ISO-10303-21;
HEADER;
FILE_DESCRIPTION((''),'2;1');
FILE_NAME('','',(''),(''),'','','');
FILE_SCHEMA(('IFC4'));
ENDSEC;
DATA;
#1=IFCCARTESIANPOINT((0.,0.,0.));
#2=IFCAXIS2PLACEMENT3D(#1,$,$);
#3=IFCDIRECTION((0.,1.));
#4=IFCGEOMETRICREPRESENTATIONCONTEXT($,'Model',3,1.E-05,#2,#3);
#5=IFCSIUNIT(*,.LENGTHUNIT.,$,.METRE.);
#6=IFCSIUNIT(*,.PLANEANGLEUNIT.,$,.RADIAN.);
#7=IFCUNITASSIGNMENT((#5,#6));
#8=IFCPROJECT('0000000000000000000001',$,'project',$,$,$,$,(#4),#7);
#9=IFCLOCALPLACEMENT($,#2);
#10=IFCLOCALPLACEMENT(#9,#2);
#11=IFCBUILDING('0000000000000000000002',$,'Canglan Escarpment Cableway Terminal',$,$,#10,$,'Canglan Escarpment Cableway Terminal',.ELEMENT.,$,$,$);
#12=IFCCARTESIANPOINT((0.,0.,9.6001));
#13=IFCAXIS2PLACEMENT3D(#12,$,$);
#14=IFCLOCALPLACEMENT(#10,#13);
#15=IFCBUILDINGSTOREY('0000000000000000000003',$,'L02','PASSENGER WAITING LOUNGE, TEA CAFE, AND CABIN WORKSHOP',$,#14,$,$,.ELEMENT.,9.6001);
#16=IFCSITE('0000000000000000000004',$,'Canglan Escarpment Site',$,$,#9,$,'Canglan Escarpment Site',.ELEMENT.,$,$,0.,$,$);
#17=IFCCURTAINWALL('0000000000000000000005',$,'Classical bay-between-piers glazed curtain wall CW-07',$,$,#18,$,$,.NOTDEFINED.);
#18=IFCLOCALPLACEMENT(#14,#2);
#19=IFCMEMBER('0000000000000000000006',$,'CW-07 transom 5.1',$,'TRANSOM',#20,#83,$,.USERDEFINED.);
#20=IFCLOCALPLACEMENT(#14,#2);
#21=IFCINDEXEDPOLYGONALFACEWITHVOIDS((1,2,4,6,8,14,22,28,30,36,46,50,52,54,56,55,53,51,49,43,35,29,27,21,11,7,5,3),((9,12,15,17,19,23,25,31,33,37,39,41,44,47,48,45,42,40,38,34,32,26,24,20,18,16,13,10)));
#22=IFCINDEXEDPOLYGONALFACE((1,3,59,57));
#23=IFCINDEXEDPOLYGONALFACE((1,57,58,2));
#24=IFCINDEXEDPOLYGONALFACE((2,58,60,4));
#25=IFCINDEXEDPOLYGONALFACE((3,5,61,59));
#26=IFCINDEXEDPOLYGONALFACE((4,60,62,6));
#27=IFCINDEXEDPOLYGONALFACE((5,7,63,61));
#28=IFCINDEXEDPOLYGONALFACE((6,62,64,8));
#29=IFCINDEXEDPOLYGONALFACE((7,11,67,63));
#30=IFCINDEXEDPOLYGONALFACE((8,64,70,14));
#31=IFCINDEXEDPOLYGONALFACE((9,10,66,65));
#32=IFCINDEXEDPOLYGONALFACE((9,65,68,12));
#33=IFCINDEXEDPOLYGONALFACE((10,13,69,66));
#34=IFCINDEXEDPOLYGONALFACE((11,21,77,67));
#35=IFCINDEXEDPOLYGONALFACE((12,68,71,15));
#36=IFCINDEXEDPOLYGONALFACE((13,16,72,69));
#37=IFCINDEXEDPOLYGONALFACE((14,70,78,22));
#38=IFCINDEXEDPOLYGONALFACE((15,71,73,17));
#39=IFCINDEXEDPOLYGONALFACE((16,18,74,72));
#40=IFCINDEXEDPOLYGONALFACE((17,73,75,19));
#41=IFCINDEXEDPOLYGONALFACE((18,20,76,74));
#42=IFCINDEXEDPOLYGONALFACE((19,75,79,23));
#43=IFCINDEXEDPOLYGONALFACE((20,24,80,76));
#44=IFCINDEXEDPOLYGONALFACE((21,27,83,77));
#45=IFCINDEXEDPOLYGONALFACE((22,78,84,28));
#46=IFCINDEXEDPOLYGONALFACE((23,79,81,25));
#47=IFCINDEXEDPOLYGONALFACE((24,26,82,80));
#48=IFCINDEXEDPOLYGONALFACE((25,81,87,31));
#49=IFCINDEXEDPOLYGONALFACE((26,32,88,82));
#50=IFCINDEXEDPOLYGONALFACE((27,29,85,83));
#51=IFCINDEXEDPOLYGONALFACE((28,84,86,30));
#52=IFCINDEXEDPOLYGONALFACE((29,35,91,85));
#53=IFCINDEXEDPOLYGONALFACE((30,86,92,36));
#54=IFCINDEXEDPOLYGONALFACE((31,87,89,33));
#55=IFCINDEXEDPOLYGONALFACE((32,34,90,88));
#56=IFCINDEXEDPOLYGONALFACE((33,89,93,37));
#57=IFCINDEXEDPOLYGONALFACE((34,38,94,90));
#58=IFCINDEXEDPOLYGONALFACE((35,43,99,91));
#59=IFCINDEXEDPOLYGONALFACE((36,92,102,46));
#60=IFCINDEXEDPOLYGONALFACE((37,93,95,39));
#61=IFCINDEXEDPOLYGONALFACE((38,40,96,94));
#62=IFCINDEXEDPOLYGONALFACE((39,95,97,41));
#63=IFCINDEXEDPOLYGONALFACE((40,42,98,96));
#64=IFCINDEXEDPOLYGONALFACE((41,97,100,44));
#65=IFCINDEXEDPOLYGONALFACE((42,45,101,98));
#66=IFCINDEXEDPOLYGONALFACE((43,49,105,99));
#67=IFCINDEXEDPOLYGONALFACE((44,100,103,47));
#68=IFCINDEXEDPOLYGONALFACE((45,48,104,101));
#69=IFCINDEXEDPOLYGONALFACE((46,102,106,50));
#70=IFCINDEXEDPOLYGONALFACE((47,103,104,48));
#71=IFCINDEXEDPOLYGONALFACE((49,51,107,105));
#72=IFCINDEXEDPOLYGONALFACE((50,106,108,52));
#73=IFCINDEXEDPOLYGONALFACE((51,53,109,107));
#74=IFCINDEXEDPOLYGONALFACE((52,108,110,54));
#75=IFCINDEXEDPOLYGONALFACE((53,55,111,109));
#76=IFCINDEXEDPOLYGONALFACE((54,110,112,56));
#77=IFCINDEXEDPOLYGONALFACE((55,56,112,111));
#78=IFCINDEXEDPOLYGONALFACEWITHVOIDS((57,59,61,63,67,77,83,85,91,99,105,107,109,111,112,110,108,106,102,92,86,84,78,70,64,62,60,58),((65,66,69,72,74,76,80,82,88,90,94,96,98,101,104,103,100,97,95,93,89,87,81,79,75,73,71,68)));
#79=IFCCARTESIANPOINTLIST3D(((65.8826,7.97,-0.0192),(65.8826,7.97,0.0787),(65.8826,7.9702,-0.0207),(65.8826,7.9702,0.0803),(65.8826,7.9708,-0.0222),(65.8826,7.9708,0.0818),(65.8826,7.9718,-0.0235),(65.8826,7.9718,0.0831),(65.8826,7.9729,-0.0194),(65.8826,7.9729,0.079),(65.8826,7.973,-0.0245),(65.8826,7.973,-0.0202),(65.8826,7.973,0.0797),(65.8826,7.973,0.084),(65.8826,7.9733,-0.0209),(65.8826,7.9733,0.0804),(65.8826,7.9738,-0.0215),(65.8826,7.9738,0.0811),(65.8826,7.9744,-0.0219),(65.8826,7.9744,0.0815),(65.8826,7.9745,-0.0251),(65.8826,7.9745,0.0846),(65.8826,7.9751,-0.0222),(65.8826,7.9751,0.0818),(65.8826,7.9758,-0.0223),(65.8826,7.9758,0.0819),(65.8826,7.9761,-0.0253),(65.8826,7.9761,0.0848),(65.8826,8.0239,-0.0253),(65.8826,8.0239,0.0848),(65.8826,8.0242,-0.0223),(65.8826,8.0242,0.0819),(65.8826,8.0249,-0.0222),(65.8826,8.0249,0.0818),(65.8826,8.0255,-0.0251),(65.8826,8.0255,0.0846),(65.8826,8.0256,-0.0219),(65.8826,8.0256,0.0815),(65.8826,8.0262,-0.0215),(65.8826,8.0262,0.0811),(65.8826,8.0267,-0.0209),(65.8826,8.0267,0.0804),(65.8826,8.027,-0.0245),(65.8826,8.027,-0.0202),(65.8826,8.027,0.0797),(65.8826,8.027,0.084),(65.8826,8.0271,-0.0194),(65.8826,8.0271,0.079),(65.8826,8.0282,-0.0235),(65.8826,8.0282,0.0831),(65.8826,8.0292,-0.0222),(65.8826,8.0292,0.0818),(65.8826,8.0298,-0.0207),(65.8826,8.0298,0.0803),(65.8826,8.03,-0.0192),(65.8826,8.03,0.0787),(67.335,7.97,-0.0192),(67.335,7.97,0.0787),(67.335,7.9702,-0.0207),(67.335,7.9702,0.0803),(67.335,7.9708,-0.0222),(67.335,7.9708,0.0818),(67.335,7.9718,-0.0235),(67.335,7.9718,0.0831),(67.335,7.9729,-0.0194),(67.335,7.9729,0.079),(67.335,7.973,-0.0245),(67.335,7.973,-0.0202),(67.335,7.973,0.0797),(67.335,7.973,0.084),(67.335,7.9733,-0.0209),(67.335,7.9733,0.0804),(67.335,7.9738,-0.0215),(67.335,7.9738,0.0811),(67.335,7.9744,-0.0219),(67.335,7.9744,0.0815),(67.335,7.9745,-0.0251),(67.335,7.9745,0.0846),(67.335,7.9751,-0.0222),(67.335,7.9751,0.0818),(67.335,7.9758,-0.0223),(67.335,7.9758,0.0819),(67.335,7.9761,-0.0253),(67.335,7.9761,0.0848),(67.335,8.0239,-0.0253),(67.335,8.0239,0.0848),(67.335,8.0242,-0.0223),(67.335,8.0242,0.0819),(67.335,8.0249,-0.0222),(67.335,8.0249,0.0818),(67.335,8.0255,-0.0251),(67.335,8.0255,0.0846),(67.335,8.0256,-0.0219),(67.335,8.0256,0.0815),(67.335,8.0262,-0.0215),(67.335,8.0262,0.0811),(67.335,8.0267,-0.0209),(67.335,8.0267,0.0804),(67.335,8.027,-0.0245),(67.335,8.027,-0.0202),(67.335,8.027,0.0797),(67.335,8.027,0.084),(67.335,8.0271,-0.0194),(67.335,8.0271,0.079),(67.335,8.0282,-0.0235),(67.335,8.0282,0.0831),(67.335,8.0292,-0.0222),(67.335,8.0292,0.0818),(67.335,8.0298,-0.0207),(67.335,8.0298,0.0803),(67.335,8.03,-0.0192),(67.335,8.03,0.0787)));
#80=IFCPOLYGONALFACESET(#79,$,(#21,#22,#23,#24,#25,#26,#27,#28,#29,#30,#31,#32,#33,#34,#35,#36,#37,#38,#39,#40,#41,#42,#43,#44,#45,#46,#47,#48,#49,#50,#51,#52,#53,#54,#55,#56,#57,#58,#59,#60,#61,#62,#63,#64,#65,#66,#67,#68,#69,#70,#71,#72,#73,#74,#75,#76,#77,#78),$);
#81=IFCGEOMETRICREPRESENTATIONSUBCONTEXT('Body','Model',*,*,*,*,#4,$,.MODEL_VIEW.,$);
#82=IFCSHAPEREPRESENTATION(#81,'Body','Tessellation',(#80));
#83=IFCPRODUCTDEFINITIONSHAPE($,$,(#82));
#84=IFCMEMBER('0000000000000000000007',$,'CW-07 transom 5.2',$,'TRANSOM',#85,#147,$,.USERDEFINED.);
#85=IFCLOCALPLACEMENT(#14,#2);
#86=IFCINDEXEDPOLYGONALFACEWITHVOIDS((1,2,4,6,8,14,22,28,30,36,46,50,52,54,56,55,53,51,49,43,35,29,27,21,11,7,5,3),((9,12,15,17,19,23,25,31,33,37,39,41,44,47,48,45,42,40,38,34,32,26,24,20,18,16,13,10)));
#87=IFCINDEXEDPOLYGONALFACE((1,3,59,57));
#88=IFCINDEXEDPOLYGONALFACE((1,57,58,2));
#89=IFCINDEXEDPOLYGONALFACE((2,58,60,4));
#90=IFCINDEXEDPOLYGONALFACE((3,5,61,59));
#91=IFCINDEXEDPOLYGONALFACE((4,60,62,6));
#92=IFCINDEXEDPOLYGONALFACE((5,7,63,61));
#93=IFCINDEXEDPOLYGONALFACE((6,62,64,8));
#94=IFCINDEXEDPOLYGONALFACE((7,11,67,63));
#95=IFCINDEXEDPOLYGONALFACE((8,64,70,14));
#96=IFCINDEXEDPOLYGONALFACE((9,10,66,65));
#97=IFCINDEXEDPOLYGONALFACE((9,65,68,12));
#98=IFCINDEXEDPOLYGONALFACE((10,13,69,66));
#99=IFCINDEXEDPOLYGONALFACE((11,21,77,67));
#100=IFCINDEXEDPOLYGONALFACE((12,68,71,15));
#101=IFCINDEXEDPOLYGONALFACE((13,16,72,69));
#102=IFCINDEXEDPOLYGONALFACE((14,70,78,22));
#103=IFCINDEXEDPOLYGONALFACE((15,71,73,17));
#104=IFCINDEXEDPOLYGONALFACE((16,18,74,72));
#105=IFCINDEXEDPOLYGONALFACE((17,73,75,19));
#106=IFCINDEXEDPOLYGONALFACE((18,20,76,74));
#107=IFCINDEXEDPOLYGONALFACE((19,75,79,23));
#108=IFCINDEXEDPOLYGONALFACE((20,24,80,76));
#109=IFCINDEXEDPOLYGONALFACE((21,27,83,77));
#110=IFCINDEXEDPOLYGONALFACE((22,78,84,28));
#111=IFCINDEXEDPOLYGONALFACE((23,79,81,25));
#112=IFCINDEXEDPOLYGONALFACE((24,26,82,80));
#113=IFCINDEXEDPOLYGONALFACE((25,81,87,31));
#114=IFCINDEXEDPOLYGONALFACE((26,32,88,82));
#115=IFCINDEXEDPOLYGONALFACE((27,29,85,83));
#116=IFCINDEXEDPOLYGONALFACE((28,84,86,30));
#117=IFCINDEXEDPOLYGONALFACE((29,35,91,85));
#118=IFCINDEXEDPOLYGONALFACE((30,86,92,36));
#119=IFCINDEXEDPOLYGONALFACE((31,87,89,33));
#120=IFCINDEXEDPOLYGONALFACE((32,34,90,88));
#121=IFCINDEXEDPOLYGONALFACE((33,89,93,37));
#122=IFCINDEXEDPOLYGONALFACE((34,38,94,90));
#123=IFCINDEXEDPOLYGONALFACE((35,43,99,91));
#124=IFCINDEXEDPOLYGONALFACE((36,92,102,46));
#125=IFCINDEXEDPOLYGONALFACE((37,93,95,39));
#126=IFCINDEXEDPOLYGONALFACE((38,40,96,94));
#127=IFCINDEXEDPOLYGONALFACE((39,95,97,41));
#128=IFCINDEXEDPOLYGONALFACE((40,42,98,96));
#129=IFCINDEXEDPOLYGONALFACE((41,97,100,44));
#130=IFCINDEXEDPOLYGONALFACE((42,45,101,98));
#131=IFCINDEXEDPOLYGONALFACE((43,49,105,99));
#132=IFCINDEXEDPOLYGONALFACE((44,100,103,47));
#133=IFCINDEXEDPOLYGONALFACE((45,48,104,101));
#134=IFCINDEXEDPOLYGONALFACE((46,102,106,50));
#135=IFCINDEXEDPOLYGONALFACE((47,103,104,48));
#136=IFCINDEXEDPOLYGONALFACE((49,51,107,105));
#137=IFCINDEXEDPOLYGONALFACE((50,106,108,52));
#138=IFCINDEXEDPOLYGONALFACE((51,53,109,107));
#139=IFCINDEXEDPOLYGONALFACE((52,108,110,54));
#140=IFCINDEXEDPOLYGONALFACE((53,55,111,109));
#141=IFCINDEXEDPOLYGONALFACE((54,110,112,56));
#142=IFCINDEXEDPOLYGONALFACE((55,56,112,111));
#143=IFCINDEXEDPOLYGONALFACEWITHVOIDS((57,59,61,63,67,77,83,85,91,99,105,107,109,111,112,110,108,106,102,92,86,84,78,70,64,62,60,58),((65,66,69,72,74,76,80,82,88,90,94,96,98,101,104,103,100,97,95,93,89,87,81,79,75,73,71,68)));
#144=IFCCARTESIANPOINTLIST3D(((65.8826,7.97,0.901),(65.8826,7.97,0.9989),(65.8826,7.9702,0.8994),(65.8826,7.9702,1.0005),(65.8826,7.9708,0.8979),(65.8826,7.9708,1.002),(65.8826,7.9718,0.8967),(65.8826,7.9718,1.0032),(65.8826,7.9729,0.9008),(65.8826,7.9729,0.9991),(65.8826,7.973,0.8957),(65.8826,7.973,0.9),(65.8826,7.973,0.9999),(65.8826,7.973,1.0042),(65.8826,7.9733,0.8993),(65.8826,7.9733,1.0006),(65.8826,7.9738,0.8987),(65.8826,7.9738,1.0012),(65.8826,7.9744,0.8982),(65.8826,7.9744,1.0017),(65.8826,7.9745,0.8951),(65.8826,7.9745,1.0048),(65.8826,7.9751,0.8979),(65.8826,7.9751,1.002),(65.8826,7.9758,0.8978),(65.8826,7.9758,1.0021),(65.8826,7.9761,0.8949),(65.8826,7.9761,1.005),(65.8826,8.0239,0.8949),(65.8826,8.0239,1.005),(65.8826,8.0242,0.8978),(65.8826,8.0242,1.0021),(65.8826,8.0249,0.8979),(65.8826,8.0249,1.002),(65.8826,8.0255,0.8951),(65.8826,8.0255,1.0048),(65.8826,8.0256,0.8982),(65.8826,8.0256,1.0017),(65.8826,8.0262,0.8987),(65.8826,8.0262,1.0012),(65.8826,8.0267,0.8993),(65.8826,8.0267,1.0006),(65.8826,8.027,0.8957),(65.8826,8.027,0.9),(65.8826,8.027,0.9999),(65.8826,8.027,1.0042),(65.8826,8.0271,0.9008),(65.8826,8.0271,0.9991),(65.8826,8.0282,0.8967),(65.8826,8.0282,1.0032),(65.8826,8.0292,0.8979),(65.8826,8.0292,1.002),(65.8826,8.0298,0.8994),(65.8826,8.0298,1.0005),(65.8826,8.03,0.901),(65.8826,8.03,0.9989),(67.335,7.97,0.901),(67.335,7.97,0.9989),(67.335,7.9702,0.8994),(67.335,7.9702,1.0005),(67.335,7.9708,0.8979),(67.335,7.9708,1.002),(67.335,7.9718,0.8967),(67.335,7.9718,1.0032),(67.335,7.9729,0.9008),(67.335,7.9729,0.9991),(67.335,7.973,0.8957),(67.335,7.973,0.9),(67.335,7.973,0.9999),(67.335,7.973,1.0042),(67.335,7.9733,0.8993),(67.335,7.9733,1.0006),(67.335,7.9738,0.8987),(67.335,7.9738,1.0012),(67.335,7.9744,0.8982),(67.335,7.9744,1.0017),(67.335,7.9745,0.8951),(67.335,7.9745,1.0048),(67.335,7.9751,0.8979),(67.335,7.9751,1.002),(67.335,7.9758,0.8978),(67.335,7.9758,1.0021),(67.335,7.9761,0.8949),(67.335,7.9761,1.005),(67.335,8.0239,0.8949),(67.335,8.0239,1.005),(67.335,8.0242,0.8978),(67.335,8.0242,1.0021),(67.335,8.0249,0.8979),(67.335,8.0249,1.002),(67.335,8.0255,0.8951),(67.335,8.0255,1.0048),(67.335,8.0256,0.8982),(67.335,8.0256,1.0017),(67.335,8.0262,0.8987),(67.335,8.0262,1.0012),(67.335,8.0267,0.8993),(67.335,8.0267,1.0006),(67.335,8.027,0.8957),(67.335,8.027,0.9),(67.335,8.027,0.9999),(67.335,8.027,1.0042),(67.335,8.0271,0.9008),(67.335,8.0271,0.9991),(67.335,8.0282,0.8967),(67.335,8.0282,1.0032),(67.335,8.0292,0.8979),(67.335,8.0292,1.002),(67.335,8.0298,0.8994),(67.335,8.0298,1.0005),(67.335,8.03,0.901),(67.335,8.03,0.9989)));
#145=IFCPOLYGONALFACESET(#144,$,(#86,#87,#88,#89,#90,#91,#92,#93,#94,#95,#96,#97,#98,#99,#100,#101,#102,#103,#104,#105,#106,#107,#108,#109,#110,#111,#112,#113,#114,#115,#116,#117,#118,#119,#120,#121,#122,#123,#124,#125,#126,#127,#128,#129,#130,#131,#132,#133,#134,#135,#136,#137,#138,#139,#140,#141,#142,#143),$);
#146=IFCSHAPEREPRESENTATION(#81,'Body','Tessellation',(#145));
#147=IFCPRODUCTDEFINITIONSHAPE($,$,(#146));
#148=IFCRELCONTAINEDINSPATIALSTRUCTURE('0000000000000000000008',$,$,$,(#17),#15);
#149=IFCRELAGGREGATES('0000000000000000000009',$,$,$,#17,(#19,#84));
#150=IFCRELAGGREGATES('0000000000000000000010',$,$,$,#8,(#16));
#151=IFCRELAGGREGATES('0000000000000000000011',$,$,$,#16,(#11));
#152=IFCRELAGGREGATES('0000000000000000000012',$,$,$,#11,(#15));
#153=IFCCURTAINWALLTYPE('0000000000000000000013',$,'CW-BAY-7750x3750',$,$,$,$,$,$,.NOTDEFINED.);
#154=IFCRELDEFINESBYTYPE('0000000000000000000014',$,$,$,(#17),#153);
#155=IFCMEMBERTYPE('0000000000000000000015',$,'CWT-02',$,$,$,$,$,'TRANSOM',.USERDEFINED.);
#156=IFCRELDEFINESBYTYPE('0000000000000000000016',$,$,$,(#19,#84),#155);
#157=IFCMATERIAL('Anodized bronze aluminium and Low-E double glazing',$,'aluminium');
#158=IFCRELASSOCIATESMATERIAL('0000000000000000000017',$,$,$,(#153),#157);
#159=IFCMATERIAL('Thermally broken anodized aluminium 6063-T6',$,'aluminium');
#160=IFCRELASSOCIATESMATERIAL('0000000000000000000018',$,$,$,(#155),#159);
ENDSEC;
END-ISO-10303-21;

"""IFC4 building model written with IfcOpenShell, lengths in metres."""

from ifc_helpers import new_model, si_unit, direction, frame, origin, origin_2d, place, context, subcontext, project, spatial, hollow_rectangle, extrude, material, material_profile, profile_set, type_object, element, aggregate, save


model = new_model("IFC4")

# Units and contexts
model_context = context("Model", 3, precision=1e-05, world=origin(), true_north=direction((0.0, 1.0)))
body_context = subcontext(model_context, "Body", "Model", "MODEL_VIEW")
ifc_project = project(units=[si_unit("LENGTHUNIT", "METRE"), si_unit("PLANEANGLEUNIT", "RADIAN")], contexts=[model_context])

# Site, building, storey
site_placement = place(None, origin())
site = spatial("IfcSite", under=ifc_project, at=site_placement, Name="Canglan Escarpment Site", LongName="Canglan Escarpment Site", CompositionType="ELEMENT", RefElevation=0.0)
building_placement = place(site_placement, origin())
building = spatial("IfcBuilding", under=site, at=building_placement, Name="Canglan Escarpment Cableway Terminal", LongName="Canglan Escarpment Cableway Terminal", CompositionType="ELEMENT")
storey_placement = place(building_placement, frame((0.0, 0.0, 9.6001)))
storey = spatial("IfcBuildingStorey", under=building, at=storey_placement, Name="L02", Description="PASSENGER WAITING LOUNGE, TEA CAFE, AND CABIN WORKSHOP", CompositionType="ELEMENT", Elevation=9.6001)

# Curtain wall, members
ifc_material_1 = material(Name="Anodized bronze aluminium and Low-E double glazing", Category="aluminium")
curtain_wall_type = type_object("IfcCurtainWallType", Name="CW-BAY-7750x3750", PredefinedType="NOTDEFINED", material=ifc_material_1)
curtain_wall_placement = place(storey_placement, origin())
curtain_wall = element("IfcCurtainWall", 1, at=curtain_wall_placement, inside=storey, type_object=curtain_wall_type, Name="Classical bay-between-piers glazed curtain wall CW-07", PredefinedType="NOTDEFINED")
ifc_material_2 = material(Name="Thermally broken anodized aluminium 6063-T6", Category="aluminium")
ifc_material_profile_1 = material_profile(ifc_material_2, hollow_rectangle(XDim=0.0601, YDim=0.1101, WallThickness=0.0029, InnerFilletRadius=0.0029, OuterFilletRadius=0.0061, at=origin_2d()), Name="ALU-TRAN 60x110x3")
ifc_profile_set_1 = profile_set([ifc_material_profile_1], Name="Thermally broken anodized aluminium 6063-T6")
member_type_1 = type_object("IfcMemberType", Name="CWT-02", ElementType="TRANSOM", PredefinedType="USERDEFINED", material=ifc_profile_set_1)
member_1_placement = place(storey_placement, frame((65.8826, 8.0, 0.0298), z_axis=(1.0, 0.0, 0.0), x_axis=(0.0, 1.0, 0.0)))
member_1 = element("IfcMember", 2, at=member_1_placement, type_object=member_type_1, Name="CW-07 transom 5.1", ObjectType="TRANSOM", PredefinedType="USERDEFINED", context=body_context, shape_type="SweptSolid", body=[
    extrude(hollow_rectangle(XDim=0.0601, YDim=0.1101, WallThickness=0.0029, InnerFilletRadius=0.0029, OuterFilletRadius=0.0061, at=origin_2d()), origin(), (0.0, 0.0, 1.0), 1.4524),
])
member_2_placement = place(storey_placement, frame((65.8826, 8.0, 0.95), z_axis=(1.0, 0.0, 0.0), x_axis=(0.0, 1.0, 0.0)))
member_2 = element("IfcMember", 3, at=member_2_placement, type_object=member_type_1, Name="CW-07 transom 5.2", ObjectType="TRANSOM", PredefinedType="USERDEFINED", context=body_context, shape_type="SweptSolid", body=[
    extrude(hollow_rectangle(XDim=0.0601, YDim=0.1101, WallThickness=0.0029, InnerFilletRadius=0.0029, OuterFilletRadius=0.0061, at=origin_2d()), origin(), (0.0, 0.0, 1.0), 1.4524),
])

aggregate(curtain_wall, [member_1, member_2])

save(model, "model.ifc")
